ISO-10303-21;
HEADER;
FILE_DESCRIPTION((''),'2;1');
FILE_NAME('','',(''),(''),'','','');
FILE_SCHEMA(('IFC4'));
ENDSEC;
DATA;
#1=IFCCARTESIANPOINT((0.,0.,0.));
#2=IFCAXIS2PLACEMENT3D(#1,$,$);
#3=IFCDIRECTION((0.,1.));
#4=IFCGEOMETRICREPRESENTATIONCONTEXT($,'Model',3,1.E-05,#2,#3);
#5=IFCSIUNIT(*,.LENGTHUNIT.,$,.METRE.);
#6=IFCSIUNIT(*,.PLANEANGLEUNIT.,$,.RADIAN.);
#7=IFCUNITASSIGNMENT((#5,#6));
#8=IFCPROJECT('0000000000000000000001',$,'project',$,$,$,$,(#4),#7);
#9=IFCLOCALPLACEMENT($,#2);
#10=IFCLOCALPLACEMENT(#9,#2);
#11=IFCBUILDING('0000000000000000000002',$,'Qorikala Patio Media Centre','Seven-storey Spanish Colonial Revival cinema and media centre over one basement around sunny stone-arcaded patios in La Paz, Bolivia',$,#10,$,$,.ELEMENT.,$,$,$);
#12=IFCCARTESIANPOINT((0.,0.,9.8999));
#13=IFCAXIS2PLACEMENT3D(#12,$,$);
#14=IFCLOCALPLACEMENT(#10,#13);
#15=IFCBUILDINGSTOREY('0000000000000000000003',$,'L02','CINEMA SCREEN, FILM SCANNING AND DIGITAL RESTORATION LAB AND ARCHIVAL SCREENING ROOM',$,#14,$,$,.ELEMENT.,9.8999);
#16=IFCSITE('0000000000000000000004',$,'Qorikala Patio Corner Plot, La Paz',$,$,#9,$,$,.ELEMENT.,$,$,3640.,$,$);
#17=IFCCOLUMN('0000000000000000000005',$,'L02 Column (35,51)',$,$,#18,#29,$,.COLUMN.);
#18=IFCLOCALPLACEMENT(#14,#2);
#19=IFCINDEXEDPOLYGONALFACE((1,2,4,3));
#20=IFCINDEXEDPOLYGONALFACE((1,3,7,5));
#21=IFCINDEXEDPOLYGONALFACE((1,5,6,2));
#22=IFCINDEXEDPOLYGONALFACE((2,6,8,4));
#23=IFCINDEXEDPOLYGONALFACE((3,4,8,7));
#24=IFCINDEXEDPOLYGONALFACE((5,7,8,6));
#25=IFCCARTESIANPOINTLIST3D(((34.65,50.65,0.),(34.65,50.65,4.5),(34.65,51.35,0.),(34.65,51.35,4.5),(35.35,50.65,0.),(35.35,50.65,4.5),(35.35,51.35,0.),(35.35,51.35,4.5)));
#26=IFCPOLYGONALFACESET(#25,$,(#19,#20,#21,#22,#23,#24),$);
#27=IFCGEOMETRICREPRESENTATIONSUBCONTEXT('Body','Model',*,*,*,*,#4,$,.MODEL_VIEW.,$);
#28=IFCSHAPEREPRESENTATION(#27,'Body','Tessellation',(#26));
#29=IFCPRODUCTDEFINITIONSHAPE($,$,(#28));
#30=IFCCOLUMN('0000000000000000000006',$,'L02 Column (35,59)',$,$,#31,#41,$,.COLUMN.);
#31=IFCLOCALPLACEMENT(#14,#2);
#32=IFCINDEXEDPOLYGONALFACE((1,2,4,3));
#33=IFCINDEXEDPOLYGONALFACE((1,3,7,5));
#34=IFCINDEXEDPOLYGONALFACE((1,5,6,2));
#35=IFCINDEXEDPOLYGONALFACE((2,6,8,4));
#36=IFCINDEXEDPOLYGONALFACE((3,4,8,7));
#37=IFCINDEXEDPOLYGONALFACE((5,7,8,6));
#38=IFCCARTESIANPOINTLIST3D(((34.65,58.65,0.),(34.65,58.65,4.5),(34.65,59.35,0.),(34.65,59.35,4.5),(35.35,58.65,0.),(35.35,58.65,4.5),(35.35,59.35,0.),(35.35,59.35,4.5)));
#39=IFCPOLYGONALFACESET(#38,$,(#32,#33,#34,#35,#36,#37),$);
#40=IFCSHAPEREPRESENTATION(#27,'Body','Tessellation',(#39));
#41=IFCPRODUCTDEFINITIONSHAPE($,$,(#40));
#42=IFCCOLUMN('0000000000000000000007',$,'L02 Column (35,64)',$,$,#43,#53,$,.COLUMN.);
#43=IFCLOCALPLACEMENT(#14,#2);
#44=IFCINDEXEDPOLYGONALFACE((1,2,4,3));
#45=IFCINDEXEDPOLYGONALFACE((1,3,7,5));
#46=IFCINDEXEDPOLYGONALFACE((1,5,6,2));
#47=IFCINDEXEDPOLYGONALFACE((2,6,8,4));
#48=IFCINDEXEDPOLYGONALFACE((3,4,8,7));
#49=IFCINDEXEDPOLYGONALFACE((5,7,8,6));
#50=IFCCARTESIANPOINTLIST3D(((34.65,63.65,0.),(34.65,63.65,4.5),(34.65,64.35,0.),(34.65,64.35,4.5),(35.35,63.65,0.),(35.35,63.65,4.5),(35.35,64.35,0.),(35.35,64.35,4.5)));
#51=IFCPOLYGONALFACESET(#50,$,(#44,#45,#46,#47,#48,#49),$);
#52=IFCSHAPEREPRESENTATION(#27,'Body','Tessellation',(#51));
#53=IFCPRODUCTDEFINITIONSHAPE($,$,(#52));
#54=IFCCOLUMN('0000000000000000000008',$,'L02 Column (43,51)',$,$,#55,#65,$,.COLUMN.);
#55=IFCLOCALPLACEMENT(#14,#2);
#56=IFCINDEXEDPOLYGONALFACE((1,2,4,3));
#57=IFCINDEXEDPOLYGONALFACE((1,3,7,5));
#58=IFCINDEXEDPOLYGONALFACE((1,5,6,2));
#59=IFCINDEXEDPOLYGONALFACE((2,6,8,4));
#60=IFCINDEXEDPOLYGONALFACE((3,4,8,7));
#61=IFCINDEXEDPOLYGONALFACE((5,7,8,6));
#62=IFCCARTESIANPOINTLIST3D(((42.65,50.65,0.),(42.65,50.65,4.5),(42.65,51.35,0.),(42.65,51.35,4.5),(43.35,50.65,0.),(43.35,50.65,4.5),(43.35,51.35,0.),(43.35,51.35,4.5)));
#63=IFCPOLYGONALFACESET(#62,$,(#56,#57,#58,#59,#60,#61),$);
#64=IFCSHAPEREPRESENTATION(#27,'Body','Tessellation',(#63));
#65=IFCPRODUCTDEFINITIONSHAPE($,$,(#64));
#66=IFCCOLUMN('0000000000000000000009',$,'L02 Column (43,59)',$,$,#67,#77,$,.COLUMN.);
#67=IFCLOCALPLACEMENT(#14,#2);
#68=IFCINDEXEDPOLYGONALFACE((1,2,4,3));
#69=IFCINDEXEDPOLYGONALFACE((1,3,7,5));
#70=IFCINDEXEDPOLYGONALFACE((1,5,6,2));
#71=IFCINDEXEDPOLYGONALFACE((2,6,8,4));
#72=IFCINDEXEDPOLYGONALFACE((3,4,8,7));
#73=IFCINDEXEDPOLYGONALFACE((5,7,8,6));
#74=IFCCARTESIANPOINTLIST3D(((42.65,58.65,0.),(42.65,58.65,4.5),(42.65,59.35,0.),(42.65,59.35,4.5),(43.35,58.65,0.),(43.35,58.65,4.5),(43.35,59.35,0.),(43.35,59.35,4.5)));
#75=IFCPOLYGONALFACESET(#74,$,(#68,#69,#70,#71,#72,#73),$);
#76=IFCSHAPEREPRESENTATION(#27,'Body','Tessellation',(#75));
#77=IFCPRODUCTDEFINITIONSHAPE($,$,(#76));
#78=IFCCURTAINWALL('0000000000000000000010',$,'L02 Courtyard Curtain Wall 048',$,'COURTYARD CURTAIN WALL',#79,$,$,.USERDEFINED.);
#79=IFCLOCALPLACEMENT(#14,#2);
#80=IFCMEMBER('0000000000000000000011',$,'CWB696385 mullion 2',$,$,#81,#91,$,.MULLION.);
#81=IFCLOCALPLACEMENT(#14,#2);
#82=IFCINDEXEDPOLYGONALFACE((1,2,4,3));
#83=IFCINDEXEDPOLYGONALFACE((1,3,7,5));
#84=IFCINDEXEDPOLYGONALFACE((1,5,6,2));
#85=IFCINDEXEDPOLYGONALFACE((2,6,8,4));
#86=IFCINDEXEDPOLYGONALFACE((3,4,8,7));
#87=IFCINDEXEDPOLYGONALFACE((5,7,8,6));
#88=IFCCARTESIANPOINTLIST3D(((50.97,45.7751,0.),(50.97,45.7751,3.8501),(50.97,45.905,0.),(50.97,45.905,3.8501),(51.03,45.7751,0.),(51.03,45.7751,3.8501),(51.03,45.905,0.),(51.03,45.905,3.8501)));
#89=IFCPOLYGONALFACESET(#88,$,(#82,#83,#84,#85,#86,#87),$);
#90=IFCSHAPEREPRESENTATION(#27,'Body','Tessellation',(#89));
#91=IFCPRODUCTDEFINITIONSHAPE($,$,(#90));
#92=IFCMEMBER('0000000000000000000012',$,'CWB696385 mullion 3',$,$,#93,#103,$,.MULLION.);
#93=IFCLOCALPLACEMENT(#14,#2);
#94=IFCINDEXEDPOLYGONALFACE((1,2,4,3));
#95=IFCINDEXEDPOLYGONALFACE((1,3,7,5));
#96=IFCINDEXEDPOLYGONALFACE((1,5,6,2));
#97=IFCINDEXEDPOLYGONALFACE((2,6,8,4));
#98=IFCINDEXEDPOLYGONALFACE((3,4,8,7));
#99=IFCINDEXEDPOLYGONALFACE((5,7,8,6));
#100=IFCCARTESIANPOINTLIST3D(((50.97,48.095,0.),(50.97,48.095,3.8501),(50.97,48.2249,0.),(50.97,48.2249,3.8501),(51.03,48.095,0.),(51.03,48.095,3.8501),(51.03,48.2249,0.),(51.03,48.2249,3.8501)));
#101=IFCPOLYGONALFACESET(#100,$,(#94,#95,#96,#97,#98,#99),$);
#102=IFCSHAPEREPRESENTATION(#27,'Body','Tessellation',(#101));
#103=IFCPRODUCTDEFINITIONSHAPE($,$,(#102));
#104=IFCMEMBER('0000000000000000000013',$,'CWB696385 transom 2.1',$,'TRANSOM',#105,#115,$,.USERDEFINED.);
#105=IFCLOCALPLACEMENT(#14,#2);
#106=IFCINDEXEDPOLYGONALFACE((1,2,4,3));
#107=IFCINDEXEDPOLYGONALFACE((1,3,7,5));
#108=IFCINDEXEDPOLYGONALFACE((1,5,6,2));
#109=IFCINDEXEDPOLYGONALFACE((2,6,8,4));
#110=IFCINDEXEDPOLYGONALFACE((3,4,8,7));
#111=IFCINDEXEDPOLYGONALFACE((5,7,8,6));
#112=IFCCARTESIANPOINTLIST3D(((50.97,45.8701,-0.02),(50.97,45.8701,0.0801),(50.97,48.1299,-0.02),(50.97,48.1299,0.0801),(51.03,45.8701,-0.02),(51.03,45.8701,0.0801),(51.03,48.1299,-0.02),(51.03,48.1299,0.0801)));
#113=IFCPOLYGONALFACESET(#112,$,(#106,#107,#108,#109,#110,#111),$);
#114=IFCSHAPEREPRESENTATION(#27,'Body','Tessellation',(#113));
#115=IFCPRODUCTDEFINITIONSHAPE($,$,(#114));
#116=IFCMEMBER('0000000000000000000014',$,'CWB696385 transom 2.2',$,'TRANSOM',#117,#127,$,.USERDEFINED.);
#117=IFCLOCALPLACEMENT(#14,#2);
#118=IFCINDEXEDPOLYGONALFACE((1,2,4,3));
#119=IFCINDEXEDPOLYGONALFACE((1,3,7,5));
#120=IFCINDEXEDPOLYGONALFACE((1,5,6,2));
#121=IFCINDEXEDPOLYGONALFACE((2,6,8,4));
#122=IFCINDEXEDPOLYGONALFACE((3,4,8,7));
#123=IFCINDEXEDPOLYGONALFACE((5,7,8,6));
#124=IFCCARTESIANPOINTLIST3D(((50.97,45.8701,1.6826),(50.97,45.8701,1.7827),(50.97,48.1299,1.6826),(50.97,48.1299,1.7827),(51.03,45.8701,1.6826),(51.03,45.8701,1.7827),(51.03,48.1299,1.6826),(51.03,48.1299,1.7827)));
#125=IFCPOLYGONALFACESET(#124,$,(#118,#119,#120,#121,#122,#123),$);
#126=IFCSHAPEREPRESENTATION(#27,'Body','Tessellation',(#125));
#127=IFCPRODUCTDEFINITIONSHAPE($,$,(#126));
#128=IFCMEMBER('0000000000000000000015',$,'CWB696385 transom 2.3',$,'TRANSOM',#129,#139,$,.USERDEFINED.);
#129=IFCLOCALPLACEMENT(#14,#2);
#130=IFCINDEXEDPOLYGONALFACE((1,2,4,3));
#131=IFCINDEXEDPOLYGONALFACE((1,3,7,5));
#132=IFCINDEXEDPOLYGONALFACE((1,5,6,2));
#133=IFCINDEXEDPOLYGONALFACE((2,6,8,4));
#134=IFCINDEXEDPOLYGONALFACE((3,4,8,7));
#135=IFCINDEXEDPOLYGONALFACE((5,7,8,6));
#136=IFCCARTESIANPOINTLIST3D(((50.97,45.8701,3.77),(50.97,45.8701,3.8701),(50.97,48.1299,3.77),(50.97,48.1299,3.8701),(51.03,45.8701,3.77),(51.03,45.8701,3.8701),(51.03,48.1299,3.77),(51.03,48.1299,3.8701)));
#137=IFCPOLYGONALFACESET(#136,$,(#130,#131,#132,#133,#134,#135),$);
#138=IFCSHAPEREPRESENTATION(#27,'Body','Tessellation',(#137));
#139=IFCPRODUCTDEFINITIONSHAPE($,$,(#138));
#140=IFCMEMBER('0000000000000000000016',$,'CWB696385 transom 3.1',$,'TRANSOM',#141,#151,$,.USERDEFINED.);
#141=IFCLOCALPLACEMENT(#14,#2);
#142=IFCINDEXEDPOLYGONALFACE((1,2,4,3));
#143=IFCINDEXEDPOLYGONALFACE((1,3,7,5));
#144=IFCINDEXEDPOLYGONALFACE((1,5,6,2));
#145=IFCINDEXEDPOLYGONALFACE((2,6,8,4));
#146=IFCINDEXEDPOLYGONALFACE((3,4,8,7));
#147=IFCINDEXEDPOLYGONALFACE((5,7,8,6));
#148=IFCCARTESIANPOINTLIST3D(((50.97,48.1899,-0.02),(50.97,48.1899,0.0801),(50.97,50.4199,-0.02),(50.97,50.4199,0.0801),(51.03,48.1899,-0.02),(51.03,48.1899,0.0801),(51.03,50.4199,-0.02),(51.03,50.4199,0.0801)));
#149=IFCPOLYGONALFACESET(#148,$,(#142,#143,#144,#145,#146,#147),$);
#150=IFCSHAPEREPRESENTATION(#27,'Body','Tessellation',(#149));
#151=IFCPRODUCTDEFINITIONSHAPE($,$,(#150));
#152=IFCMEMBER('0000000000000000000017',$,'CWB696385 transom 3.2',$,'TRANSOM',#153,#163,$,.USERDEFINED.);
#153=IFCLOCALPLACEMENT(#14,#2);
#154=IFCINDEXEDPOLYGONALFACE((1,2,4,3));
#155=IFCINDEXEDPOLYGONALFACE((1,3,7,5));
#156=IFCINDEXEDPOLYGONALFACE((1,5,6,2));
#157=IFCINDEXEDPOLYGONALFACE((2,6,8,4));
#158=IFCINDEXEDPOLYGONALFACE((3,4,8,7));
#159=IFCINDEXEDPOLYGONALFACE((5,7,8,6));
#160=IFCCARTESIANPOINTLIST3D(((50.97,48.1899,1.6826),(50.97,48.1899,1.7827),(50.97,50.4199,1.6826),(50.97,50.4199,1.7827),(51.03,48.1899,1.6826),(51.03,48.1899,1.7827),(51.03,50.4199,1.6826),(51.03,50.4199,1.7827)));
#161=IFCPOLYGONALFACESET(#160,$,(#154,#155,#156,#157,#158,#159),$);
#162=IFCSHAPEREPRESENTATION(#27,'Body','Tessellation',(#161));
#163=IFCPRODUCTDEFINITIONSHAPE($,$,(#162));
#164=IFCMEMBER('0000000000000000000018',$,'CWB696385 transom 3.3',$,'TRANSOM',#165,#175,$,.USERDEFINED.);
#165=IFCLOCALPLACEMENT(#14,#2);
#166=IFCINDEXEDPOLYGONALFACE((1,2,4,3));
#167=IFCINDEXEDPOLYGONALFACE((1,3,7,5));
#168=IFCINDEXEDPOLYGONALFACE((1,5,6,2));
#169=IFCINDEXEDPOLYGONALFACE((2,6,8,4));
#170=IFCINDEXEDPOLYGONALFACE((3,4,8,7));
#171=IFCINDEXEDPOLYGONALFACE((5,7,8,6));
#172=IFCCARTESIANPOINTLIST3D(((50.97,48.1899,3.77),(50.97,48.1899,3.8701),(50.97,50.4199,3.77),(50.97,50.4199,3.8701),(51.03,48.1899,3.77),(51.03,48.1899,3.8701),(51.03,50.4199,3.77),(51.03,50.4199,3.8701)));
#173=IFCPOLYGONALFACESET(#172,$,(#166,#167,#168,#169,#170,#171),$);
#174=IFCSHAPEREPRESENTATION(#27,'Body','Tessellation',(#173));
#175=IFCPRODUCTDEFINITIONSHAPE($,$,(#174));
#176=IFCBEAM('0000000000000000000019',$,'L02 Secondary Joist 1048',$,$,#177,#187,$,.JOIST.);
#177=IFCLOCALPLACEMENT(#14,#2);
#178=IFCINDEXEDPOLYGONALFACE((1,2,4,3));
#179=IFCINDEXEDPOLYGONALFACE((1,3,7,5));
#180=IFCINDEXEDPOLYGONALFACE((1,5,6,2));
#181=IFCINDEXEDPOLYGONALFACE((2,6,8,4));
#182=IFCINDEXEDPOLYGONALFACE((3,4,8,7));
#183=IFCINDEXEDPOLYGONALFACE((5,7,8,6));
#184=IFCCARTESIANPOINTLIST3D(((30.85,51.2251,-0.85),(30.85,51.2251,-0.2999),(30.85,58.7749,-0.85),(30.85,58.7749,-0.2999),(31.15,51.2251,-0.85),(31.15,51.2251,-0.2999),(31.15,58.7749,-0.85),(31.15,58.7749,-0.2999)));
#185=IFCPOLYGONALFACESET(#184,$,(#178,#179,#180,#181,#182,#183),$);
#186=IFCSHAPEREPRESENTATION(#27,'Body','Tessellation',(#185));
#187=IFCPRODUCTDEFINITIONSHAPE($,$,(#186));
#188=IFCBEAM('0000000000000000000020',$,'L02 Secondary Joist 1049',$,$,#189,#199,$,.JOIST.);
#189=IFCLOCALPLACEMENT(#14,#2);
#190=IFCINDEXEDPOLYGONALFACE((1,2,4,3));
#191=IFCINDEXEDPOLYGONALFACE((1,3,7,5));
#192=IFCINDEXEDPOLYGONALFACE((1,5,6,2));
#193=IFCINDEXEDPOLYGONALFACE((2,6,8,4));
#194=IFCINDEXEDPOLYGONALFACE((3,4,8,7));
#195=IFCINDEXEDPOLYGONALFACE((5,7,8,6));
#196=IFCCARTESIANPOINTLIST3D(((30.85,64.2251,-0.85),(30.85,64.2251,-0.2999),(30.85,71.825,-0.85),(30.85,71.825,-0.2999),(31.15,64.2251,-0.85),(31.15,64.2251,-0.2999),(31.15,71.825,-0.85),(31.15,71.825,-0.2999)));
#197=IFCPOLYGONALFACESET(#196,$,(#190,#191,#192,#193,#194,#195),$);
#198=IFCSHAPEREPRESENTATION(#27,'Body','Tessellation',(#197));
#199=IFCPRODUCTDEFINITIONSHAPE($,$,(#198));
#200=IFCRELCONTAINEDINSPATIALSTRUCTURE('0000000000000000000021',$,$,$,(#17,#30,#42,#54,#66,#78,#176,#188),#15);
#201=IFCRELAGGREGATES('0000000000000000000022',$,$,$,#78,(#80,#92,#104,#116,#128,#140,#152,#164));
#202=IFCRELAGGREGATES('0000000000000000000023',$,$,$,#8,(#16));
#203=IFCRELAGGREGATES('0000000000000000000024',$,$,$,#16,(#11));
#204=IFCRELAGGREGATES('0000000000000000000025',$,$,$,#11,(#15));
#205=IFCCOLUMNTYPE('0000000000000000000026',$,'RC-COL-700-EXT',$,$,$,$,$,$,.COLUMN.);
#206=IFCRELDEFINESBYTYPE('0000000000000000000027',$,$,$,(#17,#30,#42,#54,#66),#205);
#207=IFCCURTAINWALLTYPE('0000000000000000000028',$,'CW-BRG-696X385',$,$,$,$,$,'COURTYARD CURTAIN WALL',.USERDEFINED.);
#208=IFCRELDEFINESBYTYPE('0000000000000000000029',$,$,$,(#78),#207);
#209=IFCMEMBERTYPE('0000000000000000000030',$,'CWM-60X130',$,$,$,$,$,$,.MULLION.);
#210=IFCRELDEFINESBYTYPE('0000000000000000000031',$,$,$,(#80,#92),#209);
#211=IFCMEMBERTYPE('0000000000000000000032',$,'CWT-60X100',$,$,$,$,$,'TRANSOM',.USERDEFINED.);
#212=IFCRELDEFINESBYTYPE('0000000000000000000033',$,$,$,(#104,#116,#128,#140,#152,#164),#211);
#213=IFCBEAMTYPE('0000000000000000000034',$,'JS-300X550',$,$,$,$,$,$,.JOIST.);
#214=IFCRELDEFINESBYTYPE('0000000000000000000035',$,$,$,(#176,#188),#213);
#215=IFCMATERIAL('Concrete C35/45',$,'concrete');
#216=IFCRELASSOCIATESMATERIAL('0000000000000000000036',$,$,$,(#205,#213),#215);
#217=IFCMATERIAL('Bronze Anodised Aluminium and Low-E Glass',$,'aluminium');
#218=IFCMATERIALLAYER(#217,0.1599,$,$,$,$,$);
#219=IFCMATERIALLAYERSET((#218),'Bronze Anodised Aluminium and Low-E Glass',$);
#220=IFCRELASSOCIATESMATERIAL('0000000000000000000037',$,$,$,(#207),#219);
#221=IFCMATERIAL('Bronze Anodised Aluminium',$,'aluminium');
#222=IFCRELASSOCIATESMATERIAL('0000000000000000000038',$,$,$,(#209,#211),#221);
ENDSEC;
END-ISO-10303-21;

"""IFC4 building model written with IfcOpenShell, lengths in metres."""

from ifc_helpers import new_model, si_unit, direction, frame, origin, origin_2d, place, context, subcontext, project, spatial, rectangle, extrude, material, layer, layer_set, material_profile, profile_set, type_object, element, aggregate, save


model = new_model("IFC4")

# Units and contexts
model_context = context("Model", 3, precision=1e-05, world=origin(), true_north=direction((0.0, 1.0)))
body_context = subcontext(model_context, "Body", "Model", "MODEL_VIEW")
ifc_project = project(units=[si_unit("LENGTHUNIT", "METRE"), si_unit("PLANEANGLEUNIT", "RADIAN")], contexts=[model_context])

# Site, building, storey
site_placement = place(None, origin())
site = spatial("IfcSite", under=ifc_project, at=site_placement, Name="Qorikala Patio Corner Plot, La Paz", CompositionType="ELEMENT", RefElevation=3640.0)
building_placement = place(site_placement, origin())
building = spatial("IfcBuilding", under=site, at=building_placement, Name="Qorikala Patio Media Centre", Description="Seven-storey Spanish Colonial Revival cinema and media centre over one basement around sunny stone-arcaded patios in La Paz, Bolivia", CompositionType="ELEMENT")
storey_placement = place(building_placement, frame((0.0, 0.0, 9.8999)))
storey = spatial("IfcBuildingStorey", under=building, at=storey_placement, Name="L02", Description="CINEMA SCREEN, FILM SCANNING AND DIGITAL RESTORATION LAB AND ARCHIVAL SCREENING ROOM", CompositionType="ELEMENT", Elevation=9.8999)

# Columns
ifc_material_1 = material(Name="Concrete C35/45", Category="concrete")
ifc_material_profile_1 = material_profile(ifc_material_1, rectangle(XDim=0.7, YDim=0.7, at=origin_2d()), Name="RC 700x700")
ifc_profile_set_1 = profile_set([ifc_material_profile_1], Name="Concrete C35/45")
column_type = type_object("IfcColumnType", Name="RC-COL-700-EXT", PredefinedType="COLUMN", material=ifc_profile_set_1)
for number, where, z_axis, x_axis, name in (
    (1, (35.0, 51.0, 0.0), (0.0, 0.0, 1.0), (1.0, 0.0, 0.0), "L02 Column (35,51)"),
    (2, (35.0, 59.0, 0.0), (0.0, 0.0, 1.0), (1.0, 0.0, 0.0), "L02 Column (35,59)"),
    (3, (35.0, 64.0, 0.0), (0.0, 0.0, 1.0), (1.0, 0.0, 0.0), "L02 Column (35,64)"),
    (4, (43.0, 51.0, 0.0), (0.0, 0.0, 1.0), (1.0, 0.0, 0.0), "L02 Column (43,51)"),
    (5, (43.0, 59.0, 0.0), (0.0, 0.0, 1.0), (1.0, 0.0, 0.0), "L02 Column (43,59)"),
):
    element("IfcColumn", number, at=place(storey_placement, frame(where, z_axis=z_axis, x_axis=x_axis)), inside=storey, type_object=column_type, Name=name, PredefinedType="COLUMN", context=body_context, shape_type="SweptSolid", body=[
        extrude(rectangle(XDim=0.7, YDim=0.7, at=origin_2d()), origin(), (0.0, 0.0, 1.0), 4.5),
    ])

# Curtain wall, members
ifc_material_2 = material(Name="Bronze Anodised Aluminium and Low-E Glass", Category="aluminium")
ifc_layer_1 = layer(ifc_material_2, 0.1599)
ifc_layer_set_1 = layer_set([ifc_layer_1], Name="Bronze Anodised Aluminium and Low-E Glass")
curtain_wall_type = type_object("IfcCurtainWallType", Name="CW-BRG-696X385", ElementType="COURTYARD CURTAIN WALL", PredefinedType="USERDEFINED", material=ifc_layer_set_1)
curtain_wall_placement = place(storey_placement, origin())
curtain_wall = element("IfcCurtainWall", 6, at=curtain_wall_placement, inside=storey, type_object=curtain_wall_type, Name="L02 Courtyard Curtain Wall 048", ObjectType="COURTYARD CURTAIN WALL", PredefinedType="USERDEFINED")
ifc_material_3 = material(Name="Bronze Anodised Aluminium", Category="aluminium")
ifc_material_profile_2 = material_profile(ifc_material_3, rectangle(XDim=0.0601, YDim=0.1299, at=origin_2d()), Name="ALU MULLION 60x130")
ifc_profile_set_2 = profile_set([ifc_material_profile_2], Name="Bronze Anodised Aluminium")
member_type_1 = type_object("IfcMemberType", Name="CWM-60X130", PredefinedType="MULLION", material=ifc_profile_set_2)
member_1_placement = place(storey_placement, frame((51.0, 45.8401, 0.0), z_axis=(0.0, 0.0, 1.0), x_axis=(-1.0, 0.0, 0.0)))
member_1 = element("IfcMember", 7, at=member_1_placement, type_object=member_type_1, Name="CWB696385 mullion 2", PredefinedType="MULLION", context=body_context, shape_type="SweptSolid", body=[
    extrude(rectangle(XDim=0.0601, YDim=0.1299, at=origin_2d()), origin(), (0.0, 0.0, 1.0), 3.8501),
])
member_2_placement = place(storey_placement, frame((51.0, 48.1599, 0.0), z_axis=(0.0, 0.0, 1.0), x_axis=(-1.0, 0.0, 0.0)))
member_2 = element("IfcMember", 8, at=member_2_placement, type_object=member_type_1, Name="CWB696385 mullion 3", PredefinedType="MULLION", context=body_context, shape_type="SweptSolid", body=[
    extrude(rectangle(XDim=0.0601, YDim=0.1299, at=origin_2d()), origin(), (0.0, 0.0, 1.0), 3.8501),
])
ifc_material_profile_3 = material_profile(ifc_material_3, rectangle(XDim=0.0601, YDim=0.1001, at=origin_2d()), Name="ALU TRANSOM 60x100")
ifc_profile_set_3 = profile_set([ifc_material_profile_3], Name="Bronze Anodised Aluminium")
member_type_2 = type_object("IfcMemberType", Name="CWT-60X100", ElementType="TRANSOM", PredefinedType="USERDEFINED", material=ifc_profile_set_3)
member_3_placement = place(storey_placement, frame((51.0, 45.8701, 0.03), z_axis=(0.0, 1.0, 0.0), x_axis=(-1.0, 0.0, 0.0)))
member_3 = element("IfcMember", 9, at=member_3_placement, type_object=member_type_2, Name="CWB696385 transom 2.1", ObjectType="TRANSOM", PredefinedType="USERDEFINED", context=body_context, shape_type="SweptSolid", body=[
    extrude(rectangle(XDim=0.0601, YDim=0.1001, at=origin_2d()), origin(), (0.0, 0.0, 1.0), 2.2598),
])
member_4_placement = place(storey_placement, frame((51.0, 45.8701, 1.7327), z_axis=(0.0, 1.0, 0.0), x_axis=(-1.0, 0.0, 0.0)))
member_4 = element("IfcMember", 10, at=member_4_placement, type_object=member_type_2, Name="CWB696385 transom 2.2", ObjectType="TRANSOM", PredefinedType="USERDEFINED", context=body_context, shape_type="SweptSolid", body=[
    extrude(rectangle(XDim=0.0601, YDim=0.1001, at=origin_2d()), origin(), (0.0, 0.0, 1.0), 2.2598),
])
member_5_placement = place(storey_placement, frame((51.0, 45.8701, 3.8201), z_axis=(0.0, 1.0, 0.0), x_axis=(-1.0, 0.0, 0.0)))
member_5 = element("IfcMember", 11, at=member_5_placement, type_object=member_type_2, Name="CWB696385 transom 2.3", ObjectType="TRANSOM", PredefinedType="USERDEFINED", context=body_context, shape_type="SweptSolid", body=[
    extrude(rectangle(XDim=0.0601, YDim=0.1001, at=origin_2d()), origin(), (0.0, 0.0, 1.0), 2.2598),
])
member_6_placement = place(storey_placement, frame((51.0, 48.1899, 0.03), z_axis=(0.0, 1.0, 0.0), x_axis=(-1.0, 0.0, 0.0)))
member_6 = element("IfcMember", 12, at=member_6_placement, type_object=member_type_2, Name="CWB696385 transom 3.1", ObjectType="TRANSOM", PredefinedType="USERDEFINED", context=body_context, shape_type="SweptSolid", body=[
    extrude(rectangle(XDim=0.0601, YDim=0.1001, at=origin_2d()), origin(), (0.0, 0.0, 1.0), 2.23),
])
member_7_placement = place(storey_placement, frame((51.0, 48.1899, 1.7327), z_axis=(0.0, 1.0, 0.0), x_axis=(-1.0, 0.0, 0.0)))
member_7 = element("IfcMember", 13, at=member_7_placement, type_object=member_type_2, Name="CWB696385 transom 3.2", ObjectType="TRANSOM", PredefinedType="USERDEFINED", context=body_context, shape_type="SweptSolid", body=[
    extrude(rectangle(XDim=0.0601, YDim=0.1001, at=origin_2d()), origin(), (0.0, 0.0, 1.0), 2.23),
])
member_8_placement = place(storey_placement, frame((51.0, 48.1899, 3.8201), z_axis=(0.0, 1.0, 0.0), x_axis=(-1.0, 0.0, 0.0)))
member_8 = element("IfcMember", 14, at=member_8_placement, type_object=member_type_2, Name="CWB696385 transom 3.3", ObjectType="TRANSOM", PredefinedType="USERDEFINED", context=body_context, shape_type="SweptSolid", body=[
    extrude(rectangle(XDim=0.0601, YDim=0.1001, at=origin_2d()), origin(), (0.0, 0.0, 1.0), 2.23),
])

# Beams
ifc_material_profile_4 = material_profile(ifc_material_1, rectangle(XDim=0.3, YDim=0.55, at=origin_2d()), Name="RC 300x550")
ifc_profile_set_4 = profile_set([ifc_material_profile_4], Name="Concrete C35/45")
beam_type_1 = type_object("IfcBeamType", Name="JS-300X550", PredefinedType="JOIST", material=ifc_profile_set_4)
beam_1_placement = place(storey_placement, frame((31.0, 51.2251, -0.575), z_axis=(0.0, 1.0, 0.0), x_axis=(-1.0, 0.0, 0.0)))
element("IfcBeam", 15, at=beam_1_placement, inside=storey, type_object=beam_type_1, Name="L02 Secondary Joist 1048", PredefinedType="JOIST", context=body_context, shape_type="SweptSolid", body=[
    extrude(rectangle(XDim=0.3, YDim=0.55, at=origin_2d()), origin(), (0.0, 0.0, 1.0), 7.5498),
])
beam_2_placement = place(storey_placement, frame((31.0, 64.2251, -0.575), z_axis=(0.0, 1.0, 0.0), x_axis=(-1.0, 0.0, 0.0)))
element("IfcBeam", 16, at=beam_2_placement, inside=storey, type_object=beam_type_1, Name="L02 Secondary Joist 1049", PredefinedType="JOIST", context=body_context, shape_type="SweptSolid", body=[
    extrude(rectangle(XDim=0.3, YDim=0.55, at=origin_2d()), origin(), (0.0, 0.0, 1.0), 7.5999),
])

aggregate(curtain_wall, [member_1, member_2, member_3, member_4, member_5, member_6, member_7, member_8])

save(model, "model.ifc")
